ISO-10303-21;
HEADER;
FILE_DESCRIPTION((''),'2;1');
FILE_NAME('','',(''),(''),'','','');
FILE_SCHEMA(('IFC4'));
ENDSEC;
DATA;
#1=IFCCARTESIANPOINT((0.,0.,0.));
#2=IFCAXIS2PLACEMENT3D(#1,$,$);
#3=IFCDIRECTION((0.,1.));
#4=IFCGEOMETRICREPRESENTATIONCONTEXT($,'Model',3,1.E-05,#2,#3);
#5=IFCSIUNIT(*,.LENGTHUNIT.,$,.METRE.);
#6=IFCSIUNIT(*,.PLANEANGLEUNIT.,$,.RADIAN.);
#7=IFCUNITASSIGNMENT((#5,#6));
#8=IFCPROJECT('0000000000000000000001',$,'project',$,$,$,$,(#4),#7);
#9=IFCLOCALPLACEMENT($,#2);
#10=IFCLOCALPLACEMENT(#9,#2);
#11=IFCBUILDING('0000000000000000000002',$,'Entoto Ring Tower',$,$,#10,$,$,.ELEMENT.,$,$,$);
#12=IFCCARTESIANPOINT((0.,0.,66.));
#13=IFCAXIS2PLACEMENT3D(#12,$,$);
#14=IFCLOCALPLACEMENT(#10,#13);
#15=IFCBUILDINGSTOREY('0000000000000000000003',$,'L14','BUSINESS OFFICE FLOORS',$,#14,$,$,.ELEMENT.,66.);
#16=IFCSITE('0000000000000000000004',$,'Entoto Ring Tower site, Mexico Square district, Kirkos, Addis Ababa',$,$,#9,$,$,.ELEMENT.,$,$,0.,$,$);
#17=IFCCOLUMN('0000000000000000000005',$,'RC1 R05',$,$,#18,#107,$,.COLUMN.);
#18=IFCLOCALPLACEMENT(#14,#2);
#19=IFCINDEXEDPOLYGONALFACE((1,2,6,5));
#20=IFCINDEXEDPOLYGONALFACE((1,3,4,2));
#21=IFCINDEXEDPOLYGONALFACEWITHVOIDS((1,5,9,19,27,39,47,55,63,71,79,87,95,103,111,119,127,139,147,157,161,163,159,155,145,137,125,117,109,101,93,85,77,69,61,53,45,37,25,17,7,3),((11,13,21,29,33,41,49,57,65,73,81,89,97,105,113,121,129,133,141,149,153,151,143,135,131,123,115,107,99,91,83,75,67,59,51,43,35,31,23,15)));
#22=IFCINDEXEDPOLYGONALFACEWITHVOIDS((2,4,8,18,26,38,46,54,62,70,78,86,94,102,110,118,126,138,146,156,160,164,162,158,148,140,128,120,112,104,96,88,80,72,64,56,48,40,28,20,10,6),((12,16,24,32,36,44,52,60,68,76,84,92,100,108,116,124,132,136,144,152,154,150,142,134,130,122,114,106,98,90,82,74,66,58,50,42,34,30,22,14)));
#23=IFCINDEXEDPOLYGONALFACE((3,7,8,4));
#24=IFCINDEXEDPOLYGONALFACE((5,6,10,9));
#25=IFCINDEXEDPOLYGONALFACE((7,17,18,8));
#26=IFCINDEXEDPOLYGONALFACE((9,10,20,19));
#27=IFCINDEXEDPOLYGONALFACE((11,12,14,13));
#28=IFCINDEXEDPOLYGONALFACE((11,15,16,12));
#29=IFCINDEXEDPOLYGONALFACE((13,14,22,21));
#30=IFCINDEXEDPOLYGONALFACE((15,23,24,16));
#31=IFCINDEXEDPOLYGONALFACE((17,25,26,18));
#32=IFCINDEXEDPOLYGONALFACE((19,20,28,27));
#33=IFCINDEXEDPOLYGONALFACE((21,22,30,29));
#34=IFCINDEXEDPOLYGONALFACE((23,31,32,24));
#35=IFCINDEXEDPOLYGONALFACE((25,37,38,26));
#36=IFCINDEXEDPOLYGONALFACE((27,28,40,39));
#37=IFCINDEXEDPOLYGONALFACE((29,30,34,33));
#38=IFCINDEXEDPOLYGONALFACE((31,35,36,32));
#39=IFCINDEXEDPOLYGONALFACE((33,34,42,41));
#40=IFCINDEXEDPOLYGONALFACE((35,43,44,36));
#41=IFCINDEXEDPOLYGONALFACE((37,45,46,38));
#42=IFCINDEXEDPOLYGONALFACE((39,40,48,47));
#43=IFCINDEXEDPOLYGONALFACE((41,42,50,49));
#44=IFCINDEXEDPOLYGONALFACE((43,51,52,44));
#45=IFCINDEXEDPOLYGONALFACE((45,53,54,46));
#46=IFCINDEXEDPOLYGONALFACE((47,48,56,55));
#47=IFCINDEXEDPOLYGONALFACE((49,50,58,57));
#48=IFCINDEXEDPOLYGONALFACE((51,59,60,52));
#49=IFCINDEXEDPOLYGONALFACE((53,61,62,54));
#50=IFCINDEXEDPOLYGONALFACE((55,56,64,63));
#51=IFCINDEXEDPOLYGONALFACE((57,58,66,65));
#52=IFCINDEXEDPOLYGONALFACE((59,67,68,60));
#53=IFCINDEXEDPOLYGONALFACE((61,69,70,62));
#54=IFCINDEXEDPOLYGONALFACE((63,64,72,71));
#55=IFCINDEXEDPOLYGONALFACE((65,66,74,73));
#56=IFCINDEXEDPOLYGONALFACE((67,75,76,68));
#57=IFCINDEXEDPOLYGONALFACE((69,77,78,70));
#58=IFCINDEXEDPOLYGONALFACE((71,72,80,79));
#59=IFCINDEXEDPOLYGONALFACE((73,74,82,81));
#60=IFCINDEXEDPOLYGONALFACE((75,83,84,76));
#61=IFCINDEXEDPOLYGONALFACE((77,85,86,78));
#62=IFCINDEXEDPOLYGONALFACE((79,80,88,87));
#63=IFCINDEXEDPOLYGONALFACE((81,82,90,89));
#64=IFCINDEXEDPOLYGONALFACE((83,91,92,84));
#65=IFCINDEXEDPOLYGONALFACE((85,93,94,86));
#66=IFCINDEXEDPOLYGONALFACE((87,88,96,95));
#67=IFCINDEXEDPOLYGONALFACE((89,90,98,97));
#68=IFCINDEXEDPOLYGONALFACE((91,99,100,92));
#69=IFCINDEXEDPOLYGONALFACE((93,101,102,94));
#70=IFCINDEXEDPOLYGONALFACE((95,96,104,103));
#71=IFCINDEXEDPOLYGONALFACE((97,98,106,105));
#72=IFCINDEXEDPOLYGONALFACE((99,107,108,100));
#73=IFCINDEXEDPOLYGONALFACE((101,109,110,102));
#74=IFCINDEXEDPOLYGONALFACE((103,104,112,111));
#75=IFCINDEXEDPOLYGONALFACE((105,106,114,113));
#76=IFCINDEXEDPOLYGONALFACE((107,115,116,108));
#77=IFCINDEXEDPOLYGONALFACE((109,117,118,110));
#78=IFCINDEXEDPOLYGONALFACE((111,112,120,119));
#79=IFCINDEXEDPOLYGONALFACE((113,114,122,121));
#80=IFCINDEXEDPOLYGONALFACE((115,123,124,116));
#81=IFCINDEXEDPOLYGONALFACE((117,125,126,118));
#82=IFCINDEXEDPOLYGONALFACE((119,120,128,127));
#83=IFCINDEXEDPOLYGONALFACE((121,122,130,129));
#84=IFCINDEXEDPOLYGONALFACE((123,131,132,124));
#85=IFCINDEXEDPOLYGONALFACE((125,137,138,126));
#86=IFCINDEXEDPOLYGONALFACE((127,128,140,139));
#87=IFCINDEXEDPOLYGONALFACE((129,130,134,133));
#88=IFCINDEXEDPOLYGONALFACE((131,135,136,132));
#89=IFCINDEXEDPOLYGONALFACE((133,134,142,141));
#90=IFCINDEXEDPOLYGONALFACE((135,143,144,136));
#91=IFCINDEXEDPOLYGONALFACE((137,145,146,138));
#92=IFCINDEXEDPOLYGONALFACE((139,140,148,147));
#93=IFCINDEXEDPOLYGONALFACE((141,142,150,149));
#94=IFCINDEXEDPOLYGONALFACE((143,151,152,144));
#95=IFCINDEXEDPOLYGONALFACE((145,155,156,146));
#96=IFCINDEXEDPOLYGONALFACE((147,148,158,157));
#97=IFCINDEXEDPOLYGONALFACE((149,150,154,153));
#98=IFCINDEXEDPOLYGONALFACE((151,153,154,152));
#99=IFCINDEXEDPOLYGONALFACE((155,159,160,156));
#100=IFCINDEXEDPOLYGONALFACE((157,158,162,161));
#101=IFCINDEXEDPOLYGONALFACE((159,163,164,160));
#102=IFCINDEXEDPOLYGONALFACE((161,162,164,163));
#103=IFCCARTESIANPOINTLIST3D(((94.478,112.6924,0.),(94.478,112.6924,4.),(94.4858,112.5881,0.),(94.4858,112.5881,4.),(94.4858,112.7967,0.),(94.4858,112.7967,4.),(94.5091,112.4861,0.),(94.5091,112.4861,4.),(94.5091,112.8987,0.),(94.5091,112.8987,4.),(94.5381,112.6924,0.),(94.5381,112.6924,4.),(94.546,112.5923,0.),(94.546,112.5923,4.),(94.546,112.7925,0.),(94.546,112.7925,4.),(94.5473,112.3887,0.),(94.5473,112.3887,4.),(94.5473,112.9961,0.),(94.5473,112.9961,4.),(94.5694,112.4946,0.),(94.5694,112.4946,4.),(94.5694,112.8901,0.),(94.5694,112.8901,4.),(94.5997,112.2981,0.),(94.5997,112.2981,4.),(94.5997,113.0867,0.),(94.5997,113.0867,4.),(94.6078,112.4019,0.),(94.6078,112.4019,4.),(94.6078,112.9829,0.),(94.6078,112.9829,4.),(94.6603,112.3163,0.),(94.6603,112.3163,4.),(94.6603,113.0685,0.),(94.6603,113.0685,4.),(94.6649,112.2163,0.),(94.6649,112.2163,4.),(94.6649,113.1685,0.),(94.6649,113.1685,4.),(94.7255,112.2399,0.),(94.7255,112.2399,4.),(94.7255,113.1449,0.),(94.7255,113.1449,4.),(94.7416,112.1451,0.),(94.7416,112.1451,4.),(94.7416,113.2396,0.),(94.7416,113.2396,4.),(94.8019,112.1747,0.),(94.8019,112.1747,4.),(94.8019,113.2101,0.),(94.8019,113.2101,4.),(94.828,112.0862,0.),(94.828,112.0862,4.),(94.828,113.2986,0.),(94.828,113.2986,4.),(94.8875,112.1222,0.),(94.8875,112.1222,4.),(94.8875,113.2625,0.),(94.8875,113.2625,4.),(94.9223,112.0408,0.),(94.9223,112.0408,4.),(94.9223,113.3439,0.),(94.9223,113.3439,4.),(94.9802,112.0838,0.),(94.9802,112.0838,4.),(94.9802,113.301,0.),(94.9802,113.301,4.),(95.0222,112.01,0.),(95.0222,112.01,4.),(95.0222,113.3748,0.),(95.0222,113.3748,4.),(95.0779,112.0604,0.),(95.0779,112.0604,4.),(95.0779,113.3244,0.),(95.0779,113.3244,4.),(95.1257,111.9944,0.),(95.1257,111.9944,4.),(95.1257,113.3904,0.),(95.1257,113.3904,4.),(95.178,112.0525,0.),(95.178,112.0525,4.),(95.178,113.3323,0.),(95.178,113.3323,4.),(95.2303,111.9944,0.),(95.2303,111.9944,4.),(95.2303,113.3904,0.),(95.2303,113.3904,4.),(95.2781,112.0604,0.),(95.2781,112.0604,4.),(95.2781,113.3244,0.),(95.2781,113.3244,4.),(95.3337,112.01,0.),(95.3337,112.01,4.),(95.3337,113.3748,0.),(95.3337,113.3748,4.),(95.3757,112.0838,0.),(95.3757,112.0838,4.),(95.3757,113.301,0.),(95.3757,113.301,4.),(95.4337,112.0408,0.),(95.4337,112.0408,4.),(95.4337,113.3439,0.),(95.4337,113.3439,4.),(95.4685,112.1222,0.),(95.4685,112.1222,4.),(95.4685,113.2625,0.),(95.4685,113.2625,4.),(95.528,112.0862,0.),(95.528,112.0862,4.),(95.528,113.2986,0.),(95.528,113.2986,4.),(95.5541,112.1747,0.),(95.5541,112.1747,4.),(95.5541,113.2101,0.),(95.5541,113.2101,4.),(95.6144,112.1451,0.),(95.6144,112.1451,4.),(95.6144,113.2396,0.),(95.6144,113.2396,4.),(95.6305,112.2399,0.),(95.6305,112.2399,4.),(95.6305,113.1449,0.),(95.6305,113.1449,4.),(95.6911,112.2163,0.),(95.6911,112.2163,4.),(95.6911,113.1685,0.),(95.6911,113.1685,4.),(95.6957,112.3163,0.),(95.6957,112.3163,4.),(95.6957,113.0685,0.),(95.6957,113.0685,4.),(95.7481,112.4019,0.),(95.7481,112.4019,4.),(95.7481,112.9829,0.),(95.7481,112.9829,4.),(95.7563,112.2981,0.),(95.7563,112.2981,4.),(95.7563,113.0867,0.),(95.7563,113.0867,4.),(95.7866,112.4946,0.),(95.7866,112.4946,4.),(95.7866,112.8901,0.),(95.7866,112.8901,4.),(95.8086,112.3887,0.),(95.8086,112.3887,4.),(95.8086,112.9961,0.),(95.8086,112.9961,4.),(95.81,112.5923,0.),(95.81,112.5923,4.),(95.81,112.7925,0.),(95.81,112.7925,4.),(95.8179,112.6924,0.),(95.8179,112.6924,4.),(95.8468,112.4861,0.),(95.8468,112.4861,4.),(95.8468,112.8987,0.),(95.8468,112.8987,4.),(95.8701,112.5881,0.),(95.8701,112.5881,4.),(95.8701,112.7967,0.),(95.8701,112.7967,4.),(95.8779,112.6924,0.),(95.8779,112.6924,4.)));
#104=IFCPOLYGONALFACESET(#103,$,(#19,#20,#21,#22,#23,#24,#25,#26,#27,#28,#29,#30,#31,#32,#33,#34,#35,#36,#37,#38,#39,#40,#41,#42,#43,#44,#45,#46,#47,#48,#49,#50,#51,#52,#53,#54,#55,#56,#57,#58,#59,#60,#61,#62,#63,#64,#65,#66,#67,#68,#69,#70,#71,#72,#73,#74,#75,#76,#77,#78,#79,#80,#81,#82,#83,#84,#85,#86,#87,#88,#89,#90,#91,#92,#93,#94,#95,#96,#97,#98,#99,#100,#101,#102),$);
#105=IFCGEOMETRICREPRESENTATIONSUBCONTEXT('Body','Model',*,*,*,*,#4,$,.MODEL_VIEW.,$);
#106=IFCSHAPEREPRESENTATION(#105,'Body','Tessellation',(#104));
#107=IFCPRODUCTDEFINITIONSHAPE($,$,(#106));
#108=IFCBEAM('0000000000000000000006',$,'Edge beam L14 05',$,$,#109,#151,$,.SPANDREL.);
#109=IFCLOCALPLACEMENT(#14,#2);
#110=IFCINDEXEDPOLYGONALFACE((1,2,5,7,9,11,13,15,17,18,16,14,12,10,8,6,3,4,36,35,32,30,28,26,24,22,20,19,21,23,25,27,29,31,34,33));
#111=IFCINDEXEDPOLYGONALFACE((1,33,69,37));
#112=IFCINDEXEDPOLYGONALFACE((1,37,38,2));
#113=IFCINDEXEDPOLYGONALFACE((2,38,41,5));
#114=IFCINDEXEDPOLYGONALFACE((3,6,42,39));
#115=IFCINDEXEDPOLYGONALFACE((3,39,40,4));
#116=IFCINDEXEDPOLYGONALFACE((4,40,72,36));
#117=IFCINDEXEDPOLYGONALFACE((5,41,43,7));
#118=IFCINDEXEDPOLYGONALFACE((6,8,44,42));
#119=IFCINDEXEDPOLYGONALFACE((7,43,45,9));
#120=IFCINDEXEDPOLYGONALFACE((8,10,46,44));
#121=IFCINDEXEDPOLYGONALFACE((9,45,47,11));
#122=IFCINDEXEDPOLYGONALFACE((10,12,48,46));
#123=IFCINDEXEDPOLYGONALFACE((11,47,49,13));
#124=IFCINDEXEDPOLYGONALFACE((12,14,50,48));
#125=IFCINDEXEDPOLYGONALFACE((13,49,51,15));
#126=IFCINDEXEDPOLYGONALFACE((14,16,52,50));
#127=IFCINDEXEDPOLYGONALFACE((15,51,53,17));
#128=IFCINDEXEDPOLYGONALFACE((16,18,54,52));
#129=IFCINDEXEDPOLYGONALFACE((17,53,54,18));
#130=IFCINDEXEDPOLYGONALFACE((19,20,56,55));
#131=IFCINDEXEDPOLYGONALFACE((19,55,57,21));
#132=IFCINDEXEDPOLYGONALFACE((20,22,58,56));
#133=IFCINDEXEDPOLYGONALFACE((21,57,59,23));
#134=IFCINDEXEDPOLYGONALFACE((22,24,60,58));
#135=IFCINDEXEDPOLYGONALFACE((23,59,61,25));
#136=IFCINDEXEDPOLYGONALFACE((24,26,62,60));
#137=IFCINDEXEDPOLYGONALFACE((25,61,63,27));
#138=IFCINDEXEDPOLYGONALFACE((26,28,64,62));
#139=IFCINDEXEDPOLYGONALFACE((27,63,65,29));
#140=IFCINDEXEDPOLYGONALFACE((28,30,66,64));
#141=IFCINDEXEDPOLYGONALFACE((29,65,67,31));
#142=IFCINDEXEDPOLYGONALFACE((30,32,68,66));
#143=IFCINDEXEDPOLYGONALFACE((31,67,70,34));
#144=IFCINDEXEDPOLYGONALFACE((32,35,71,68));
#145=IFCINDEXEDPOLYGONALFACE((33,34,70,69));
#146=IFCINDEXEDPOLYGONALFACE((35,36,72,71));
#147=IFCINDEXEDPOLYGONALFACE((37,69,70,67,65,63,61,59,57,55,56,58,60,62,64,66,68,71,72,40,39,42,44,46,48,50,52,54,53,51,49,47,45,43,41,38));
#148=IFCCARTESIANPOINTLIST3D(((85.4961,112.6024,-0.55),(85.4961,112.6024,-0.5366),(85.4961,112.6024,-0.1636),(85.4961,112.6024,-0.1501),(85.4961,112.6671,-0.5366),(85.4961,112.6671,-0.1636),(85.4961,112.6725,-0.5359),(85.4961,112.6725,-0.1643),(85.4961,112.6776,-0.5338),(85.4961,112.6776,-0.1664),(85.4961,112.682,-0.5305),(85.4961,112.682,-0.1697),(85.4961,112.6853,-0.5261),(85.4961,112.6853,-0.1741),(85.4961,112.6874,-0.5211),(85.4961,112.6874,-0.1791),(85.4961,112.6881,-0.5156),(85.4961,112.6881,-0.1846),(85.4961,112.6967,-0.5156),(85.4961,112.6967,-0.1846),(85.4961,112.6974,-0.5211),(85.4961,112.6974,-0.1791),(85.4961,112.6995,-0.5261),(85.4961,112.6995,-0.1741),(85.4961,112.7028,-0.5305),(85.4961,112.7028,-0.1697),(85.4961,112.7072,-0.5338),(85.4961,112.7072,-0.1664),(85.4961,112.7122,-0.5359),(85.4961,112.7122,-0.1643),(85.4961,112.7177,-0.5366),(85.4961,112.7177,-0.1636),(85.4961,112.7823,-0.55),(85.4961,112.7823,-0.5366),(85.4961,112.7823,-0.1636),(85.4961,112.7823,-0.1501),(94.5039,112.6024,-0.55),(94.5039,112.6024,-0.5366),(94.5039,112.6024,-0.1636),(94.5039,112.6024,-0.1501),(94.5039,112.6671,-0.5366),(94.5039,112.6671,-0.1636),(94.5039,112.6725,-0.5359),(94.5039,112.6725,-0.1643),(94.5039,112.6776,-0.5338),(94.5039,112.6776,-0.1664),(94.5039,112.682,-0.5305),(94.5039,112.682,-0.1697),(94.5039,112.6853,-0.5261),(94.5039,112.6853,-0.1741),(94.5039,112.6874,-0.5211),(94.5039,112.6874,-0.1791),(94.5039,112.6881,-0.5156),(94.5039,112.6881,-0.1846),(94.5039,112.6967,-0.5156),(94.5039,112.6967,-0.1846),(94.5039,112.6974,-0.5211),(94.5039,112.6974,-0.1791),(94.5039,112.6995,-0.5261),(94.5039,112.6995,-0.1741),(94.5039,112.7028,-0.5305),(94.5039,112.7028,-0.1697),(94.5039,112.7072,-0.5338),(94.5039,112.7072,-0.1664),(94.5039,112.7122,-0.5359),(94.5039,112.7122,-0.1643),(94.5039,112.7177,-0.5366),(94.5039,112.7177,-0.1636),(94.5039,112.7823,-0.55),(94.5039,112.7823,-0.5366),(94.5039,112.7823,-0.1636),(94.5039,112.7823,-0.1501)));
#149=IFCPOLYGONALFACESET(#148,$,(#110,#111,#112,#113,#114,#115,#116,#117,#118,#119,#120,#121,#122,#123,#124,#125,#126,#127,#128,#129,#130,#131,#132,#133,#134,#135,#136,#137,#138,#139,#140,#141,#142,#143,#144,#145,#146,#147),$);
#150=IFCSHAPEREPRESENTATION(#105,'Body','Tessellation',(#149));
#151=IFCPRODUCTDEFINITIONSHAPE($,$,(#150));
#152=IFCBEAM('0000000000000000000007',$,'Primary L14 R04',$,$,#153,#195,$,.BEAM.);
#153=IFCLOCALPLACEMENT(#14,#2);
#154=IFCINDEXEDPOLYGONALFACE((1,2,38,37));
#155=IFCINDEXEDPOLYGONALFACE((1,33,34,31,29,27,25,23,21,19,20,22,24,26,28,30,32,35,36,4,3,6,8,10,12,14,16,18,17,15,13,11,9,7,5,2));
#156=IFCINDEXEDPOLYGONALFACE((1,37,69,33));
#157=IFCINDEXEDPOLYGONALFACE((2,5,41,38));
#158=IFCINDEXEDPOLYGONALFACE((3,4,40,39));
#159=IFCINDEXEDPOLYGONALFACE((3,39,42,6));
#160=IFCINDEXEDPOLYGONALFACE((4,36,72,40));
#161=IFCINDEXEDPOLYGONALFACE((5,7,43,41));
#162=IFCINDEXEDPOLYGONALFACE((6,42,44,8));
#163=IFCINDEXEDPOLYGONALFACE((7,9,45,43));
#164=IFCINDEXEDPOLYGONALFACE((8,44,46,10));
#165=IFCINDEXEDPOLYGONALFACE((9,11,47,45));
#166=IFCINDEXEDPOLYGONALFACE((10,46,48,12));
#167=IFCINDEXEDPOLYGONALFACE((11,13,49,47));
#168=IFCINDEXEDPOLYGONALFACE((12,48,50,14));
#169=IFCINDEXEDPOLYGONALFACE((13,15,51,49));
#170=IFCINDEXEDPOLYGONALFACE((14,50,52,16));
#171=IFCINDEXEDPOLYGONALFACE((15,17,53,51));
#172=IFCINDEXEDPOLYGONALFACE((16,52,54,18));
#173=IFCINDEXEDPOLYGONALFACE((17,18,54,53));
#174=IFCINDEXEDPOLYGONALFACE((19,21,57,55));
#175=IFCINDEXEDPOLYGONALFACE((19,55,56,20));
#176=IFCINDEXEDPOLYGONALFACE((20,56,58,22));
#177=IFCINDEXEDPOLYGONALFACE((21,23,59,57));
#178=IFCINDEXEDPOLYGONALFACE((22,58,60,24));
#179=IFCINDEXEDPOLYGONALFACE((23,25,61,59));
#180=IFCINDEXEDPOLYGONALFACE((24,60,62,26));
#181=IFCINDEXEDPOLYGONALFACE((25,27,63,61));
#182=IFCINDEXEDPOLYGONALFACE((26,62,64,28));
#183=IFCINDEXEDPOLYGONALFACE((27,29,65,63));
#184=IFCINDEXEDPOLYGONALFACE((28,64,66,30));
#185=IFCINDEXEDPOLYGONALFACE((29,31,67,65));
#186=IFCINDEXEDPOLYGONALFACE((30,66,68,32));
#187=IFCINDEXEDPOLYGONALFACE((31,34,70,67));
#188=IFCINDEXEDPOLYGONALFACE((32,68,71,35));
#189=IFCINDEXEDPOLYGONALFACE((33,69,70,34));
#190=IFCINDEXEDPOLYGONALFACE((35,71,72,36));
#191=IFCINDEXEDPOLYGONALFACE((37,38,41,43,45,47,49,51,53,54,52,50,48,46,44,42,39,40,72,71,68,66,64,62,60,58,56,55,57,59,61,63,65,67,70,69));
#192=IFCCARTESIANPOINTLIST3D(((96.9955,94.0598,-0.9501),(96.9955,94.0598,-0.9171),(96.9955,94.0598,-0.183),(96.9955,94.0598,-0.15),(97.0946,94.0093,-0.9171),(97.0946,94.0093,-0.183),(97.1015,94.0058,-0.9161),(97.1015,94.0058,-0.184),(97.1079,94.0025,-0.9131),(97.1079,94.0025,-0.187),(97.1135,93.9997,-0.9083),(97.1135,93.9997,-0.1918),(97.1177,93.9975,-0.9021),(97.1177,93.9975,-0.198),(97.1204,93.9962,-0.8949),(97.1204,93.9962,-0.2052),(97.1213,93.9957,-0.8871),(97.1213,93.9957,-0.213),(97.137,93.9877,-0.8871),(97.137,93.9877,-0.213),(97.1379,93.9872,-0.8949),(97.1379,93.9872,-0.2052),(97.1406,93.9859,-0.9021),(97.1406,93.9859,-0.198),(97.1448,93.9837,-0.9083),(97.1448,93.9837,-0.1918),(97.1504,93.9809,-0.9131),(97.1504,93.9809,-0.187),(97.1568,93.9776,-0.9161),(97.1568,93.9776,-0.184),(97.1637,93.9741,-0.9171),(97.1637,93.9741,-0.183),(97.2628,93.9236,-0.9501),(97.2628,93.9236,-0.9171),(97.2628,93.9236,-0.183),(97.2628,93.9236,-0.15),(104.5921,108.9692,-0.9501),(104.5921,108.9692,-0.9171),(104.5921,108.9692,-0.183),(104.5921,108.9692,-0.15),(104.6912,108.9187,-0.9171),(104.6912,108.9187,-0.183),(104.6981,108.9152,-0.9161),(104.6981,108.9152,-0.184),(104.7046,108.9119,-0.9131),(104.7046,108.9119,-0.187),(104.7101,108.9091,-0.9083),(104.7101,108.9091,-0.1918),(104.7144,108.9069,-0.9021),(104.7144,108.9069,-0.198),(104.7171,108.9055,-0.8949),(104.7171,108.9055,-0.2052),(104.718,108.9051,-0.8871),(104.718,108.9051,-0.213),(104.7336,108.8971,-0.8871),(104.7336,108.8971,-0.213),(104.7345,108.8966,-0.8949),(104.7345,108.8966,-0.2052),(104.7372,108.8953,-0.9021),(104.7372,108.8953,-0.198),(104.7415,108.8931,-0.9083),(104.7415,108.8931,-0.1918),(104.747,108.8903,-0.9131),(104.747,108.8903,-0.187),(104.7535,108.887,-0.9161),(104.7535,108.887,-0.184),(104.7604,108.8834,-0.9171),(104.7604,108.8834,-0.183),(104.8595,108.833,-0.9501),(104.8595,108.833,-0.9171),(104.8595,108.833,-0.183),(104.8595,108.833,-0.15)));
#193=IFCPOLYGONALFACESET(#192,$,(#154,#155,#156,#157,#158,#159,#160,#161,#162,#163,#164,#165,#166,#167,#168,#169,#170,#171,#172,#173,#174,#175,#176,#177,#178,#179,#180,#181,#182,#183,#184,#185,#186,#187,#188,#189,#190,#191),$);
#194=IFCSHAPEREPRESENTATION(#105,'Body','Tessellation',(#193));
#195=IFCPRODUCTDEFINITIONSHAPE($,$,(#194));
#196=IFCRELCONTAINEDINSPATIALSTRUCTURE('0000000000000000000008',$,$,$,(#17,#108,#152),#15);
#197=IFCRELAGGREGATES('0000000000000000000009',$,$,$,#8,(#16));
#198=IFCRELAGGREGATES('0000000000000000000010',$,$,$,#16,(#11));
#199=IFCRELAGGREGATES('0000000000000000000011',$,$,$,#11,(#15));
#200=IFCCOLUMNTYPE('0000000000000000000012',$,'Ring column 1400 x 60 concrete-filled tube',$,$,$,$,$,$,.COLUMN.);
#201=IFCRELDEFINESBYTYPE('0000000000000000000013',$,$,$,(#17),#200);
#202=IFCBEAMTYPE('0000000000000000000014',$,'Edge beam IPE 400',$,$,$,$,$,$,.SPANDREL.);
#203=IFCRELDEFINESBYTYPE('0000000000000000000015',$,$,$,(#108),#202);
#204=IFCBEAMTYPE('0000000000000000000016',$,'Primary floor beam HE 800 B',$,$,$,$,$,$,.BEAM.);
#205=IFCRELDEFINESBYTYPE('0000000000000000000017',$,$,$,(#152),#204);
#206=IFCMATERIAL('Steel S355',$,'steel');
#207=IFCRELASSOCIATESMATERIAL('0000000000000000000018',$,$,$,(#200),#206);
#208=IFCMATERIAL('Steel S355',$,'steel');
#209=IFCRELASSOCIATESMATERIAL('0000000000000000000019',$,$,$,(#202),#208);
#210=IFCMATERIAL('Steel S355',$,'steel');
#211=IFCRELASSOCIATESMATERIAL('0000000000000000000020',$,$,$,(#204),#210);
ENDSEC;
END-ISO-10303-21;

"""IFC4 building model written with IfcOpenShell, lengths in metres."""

from ifc_helpers import new_model, si_unit, direction, frame, origin, origin_2d, place, context, subcontext, project, spatial, circle, hollow_circle, i_section, extrude, material, material_profile, profile_set, type_object, element, save


model = new_model("IFC4")

# Units and contexts
model_context = context("Model", 3, precision=1e-05, world=origin(), true_north=direction((0.0, 1.0)))
body_context = subcontext(model_context, "Body", "Model", "MODEL_VIEW")
ifc_project = project(units=[si_unit("LENGTHUNIT", "METRE"), si_unit("PLANEANGLEUNIT", "RADIAN")], contexts=[model_context])

# Site, building, storey
site_placement = place(None, origin())
site = spatial("IfcSite", under=ifc_project, at=site_placement, Name="Entoto Ring Tower site, Mexico Square district, Kirkos, Addis Ababa", CompositionType="ELEMENT", RefElevation=0.0)
building_placement = place(site_placement, origin())
building = spatial("IfcBuilding", under=site, at=building_placement, Name="Entoto Ring Tower", CompositionType="ELEMENT")
storey_placement = place(building_placement, frame((0.0, 0.0, 66.0)))
storey = spatial("IfcBuildingStorey", under=building, at=storey_placement, Name="L14", Description="BUSINESS OFFICE FLOORS", CompositionType="ELEMENT", Elevation=66.0)

# Column
ifc_material_1 = material(Name="Steel S355", Category="steel")
ifc_material_profile_1 = material_profile(ifc_material_1, hollow_circle(Radius=0.7, WallThickness=0.0601, at=origin_2d()), Name="CHS 1400 x 60")
ifc_material_2 = material(Name="Concrete C60/75", Category="concrete")
ifc_material_profile_2 = material_profile(ifc_material_2, circle(Radius=0.6399, at=origin_2d()), Name="Concrete C60/75 infill")
ifc_profile_set_1 = profile_set([ifc_material_profile_1, ifc_material_profile_2], Name="Steel S355")
column_type = type_object("IfcColumnType", Name="Ring column 1400 x 60 concrete-filled tube", PredefinedType="COLUMN", material=ifc_profile_set_1)
column_placement = place(storey_placement, frame((95.178, 112.6924, 0.0), z_axis=(0.0, 0.0, 1.0), x_axis=(1.0, 0.0, 0.0)))
element("IfcColumn", 1, at=column_placement, inside=storey, type_object=column_type, Name="RC1 R05", PredefinedType="COLUMN", context=body_context, shape_type="SweptSolid", body=[
    extrude(hollow_circle(Radius=0.7, WallThickness=0.0601, at=origin_2d()), origin(), (0.0, 0.0, 1.0), 4.0),
])

# Beams
ifc_material_3 = material(Name="Steel S355", Category="steel")
ifc_material_profile_3 = material_profile(ifc_material_3, i_section(OverallWidth=0.1799, OverallDepth=0.3999, WebThickness=0.0085, FlangeThickness=0.0134, FilletRadius=0.021, at=origin_2d()), Name="IPE 400")
ifc_profile_set_2 = profile_set([ifc_material_profile_3], Name="Steel S355")
beam_type_1 = type_object("IfcBeamType", Name="Edge beam IPE 400", PredefinedType="SPANDREL", material=ifc_profile_set_2)
beam_1_placement = place(storey_placement, frame((94.5039, 112.6924, -0.3501), z_axis=(-1.0, 0.0, 0.0), x_axis=(0.0, -1.0, 0.0)))
element("IfcBeam", 2, at=beam_1_placement, inside=storey, type_object=beam_type_1, Name="Edge beam L14 05", PredefinedType="SPANDREL", context=body_context, shape_type="SweptSolid", body=[
    extrude(i_section(OverallWidth=0.1799, OverallDepth=0.3999, WebThickness=0.0085, FlangeThickness=0.0134, FilletRadius=0.021, at=origin_2d()), origin(), (0.0, 0.0, 1.0), 9.0078),
])
ifc_material_4 = material(Name="Steel S355", Category="steel")
ifc_material_profile_4 = material_profile(ifc_material_4, i_section(OverallWidth=0.3, OverallDepth=0.8, WebThickness=0.0176, FlangeThickness=0.033, FilletRadius=0.03, at=origin_2d()), Name="HE 800 B")
ifc_profile_set_3 = profile_set([ifc_material_profile_4], Name="Steel S355")
beam_type_2 = type_object("IfcBeamType", Name="Primary floor beam HE 800 B", PredefinedType="BEAM", material=ifc_profile_set_3)
beam_2_placement = place(storey_placement, frame((97.1292, 93.9917, -0.55), z_axis=(0.453988, 0.891008, 0.0), x_axis=(-0.891008, 0.453988, 0.0)))
element("IfcBeam", 3, at=beam_2_placement, inside=storey, type_object=beam_type_2, Name="Primary L14 R04", PredefinedType="BEAM", context=body_context, shape_type="SweptSolid", body=[
    extrude(i_section(OverallWidth=0.3, OverallDepth=0.8, WebThickness=0.0176, FlangeThickness=0.033, FilletRadius=0.03, at=origin_2d()), origin(), (0.0, 0.0, 1.0), 16.7332),
])

save(model, "model.ifc")
